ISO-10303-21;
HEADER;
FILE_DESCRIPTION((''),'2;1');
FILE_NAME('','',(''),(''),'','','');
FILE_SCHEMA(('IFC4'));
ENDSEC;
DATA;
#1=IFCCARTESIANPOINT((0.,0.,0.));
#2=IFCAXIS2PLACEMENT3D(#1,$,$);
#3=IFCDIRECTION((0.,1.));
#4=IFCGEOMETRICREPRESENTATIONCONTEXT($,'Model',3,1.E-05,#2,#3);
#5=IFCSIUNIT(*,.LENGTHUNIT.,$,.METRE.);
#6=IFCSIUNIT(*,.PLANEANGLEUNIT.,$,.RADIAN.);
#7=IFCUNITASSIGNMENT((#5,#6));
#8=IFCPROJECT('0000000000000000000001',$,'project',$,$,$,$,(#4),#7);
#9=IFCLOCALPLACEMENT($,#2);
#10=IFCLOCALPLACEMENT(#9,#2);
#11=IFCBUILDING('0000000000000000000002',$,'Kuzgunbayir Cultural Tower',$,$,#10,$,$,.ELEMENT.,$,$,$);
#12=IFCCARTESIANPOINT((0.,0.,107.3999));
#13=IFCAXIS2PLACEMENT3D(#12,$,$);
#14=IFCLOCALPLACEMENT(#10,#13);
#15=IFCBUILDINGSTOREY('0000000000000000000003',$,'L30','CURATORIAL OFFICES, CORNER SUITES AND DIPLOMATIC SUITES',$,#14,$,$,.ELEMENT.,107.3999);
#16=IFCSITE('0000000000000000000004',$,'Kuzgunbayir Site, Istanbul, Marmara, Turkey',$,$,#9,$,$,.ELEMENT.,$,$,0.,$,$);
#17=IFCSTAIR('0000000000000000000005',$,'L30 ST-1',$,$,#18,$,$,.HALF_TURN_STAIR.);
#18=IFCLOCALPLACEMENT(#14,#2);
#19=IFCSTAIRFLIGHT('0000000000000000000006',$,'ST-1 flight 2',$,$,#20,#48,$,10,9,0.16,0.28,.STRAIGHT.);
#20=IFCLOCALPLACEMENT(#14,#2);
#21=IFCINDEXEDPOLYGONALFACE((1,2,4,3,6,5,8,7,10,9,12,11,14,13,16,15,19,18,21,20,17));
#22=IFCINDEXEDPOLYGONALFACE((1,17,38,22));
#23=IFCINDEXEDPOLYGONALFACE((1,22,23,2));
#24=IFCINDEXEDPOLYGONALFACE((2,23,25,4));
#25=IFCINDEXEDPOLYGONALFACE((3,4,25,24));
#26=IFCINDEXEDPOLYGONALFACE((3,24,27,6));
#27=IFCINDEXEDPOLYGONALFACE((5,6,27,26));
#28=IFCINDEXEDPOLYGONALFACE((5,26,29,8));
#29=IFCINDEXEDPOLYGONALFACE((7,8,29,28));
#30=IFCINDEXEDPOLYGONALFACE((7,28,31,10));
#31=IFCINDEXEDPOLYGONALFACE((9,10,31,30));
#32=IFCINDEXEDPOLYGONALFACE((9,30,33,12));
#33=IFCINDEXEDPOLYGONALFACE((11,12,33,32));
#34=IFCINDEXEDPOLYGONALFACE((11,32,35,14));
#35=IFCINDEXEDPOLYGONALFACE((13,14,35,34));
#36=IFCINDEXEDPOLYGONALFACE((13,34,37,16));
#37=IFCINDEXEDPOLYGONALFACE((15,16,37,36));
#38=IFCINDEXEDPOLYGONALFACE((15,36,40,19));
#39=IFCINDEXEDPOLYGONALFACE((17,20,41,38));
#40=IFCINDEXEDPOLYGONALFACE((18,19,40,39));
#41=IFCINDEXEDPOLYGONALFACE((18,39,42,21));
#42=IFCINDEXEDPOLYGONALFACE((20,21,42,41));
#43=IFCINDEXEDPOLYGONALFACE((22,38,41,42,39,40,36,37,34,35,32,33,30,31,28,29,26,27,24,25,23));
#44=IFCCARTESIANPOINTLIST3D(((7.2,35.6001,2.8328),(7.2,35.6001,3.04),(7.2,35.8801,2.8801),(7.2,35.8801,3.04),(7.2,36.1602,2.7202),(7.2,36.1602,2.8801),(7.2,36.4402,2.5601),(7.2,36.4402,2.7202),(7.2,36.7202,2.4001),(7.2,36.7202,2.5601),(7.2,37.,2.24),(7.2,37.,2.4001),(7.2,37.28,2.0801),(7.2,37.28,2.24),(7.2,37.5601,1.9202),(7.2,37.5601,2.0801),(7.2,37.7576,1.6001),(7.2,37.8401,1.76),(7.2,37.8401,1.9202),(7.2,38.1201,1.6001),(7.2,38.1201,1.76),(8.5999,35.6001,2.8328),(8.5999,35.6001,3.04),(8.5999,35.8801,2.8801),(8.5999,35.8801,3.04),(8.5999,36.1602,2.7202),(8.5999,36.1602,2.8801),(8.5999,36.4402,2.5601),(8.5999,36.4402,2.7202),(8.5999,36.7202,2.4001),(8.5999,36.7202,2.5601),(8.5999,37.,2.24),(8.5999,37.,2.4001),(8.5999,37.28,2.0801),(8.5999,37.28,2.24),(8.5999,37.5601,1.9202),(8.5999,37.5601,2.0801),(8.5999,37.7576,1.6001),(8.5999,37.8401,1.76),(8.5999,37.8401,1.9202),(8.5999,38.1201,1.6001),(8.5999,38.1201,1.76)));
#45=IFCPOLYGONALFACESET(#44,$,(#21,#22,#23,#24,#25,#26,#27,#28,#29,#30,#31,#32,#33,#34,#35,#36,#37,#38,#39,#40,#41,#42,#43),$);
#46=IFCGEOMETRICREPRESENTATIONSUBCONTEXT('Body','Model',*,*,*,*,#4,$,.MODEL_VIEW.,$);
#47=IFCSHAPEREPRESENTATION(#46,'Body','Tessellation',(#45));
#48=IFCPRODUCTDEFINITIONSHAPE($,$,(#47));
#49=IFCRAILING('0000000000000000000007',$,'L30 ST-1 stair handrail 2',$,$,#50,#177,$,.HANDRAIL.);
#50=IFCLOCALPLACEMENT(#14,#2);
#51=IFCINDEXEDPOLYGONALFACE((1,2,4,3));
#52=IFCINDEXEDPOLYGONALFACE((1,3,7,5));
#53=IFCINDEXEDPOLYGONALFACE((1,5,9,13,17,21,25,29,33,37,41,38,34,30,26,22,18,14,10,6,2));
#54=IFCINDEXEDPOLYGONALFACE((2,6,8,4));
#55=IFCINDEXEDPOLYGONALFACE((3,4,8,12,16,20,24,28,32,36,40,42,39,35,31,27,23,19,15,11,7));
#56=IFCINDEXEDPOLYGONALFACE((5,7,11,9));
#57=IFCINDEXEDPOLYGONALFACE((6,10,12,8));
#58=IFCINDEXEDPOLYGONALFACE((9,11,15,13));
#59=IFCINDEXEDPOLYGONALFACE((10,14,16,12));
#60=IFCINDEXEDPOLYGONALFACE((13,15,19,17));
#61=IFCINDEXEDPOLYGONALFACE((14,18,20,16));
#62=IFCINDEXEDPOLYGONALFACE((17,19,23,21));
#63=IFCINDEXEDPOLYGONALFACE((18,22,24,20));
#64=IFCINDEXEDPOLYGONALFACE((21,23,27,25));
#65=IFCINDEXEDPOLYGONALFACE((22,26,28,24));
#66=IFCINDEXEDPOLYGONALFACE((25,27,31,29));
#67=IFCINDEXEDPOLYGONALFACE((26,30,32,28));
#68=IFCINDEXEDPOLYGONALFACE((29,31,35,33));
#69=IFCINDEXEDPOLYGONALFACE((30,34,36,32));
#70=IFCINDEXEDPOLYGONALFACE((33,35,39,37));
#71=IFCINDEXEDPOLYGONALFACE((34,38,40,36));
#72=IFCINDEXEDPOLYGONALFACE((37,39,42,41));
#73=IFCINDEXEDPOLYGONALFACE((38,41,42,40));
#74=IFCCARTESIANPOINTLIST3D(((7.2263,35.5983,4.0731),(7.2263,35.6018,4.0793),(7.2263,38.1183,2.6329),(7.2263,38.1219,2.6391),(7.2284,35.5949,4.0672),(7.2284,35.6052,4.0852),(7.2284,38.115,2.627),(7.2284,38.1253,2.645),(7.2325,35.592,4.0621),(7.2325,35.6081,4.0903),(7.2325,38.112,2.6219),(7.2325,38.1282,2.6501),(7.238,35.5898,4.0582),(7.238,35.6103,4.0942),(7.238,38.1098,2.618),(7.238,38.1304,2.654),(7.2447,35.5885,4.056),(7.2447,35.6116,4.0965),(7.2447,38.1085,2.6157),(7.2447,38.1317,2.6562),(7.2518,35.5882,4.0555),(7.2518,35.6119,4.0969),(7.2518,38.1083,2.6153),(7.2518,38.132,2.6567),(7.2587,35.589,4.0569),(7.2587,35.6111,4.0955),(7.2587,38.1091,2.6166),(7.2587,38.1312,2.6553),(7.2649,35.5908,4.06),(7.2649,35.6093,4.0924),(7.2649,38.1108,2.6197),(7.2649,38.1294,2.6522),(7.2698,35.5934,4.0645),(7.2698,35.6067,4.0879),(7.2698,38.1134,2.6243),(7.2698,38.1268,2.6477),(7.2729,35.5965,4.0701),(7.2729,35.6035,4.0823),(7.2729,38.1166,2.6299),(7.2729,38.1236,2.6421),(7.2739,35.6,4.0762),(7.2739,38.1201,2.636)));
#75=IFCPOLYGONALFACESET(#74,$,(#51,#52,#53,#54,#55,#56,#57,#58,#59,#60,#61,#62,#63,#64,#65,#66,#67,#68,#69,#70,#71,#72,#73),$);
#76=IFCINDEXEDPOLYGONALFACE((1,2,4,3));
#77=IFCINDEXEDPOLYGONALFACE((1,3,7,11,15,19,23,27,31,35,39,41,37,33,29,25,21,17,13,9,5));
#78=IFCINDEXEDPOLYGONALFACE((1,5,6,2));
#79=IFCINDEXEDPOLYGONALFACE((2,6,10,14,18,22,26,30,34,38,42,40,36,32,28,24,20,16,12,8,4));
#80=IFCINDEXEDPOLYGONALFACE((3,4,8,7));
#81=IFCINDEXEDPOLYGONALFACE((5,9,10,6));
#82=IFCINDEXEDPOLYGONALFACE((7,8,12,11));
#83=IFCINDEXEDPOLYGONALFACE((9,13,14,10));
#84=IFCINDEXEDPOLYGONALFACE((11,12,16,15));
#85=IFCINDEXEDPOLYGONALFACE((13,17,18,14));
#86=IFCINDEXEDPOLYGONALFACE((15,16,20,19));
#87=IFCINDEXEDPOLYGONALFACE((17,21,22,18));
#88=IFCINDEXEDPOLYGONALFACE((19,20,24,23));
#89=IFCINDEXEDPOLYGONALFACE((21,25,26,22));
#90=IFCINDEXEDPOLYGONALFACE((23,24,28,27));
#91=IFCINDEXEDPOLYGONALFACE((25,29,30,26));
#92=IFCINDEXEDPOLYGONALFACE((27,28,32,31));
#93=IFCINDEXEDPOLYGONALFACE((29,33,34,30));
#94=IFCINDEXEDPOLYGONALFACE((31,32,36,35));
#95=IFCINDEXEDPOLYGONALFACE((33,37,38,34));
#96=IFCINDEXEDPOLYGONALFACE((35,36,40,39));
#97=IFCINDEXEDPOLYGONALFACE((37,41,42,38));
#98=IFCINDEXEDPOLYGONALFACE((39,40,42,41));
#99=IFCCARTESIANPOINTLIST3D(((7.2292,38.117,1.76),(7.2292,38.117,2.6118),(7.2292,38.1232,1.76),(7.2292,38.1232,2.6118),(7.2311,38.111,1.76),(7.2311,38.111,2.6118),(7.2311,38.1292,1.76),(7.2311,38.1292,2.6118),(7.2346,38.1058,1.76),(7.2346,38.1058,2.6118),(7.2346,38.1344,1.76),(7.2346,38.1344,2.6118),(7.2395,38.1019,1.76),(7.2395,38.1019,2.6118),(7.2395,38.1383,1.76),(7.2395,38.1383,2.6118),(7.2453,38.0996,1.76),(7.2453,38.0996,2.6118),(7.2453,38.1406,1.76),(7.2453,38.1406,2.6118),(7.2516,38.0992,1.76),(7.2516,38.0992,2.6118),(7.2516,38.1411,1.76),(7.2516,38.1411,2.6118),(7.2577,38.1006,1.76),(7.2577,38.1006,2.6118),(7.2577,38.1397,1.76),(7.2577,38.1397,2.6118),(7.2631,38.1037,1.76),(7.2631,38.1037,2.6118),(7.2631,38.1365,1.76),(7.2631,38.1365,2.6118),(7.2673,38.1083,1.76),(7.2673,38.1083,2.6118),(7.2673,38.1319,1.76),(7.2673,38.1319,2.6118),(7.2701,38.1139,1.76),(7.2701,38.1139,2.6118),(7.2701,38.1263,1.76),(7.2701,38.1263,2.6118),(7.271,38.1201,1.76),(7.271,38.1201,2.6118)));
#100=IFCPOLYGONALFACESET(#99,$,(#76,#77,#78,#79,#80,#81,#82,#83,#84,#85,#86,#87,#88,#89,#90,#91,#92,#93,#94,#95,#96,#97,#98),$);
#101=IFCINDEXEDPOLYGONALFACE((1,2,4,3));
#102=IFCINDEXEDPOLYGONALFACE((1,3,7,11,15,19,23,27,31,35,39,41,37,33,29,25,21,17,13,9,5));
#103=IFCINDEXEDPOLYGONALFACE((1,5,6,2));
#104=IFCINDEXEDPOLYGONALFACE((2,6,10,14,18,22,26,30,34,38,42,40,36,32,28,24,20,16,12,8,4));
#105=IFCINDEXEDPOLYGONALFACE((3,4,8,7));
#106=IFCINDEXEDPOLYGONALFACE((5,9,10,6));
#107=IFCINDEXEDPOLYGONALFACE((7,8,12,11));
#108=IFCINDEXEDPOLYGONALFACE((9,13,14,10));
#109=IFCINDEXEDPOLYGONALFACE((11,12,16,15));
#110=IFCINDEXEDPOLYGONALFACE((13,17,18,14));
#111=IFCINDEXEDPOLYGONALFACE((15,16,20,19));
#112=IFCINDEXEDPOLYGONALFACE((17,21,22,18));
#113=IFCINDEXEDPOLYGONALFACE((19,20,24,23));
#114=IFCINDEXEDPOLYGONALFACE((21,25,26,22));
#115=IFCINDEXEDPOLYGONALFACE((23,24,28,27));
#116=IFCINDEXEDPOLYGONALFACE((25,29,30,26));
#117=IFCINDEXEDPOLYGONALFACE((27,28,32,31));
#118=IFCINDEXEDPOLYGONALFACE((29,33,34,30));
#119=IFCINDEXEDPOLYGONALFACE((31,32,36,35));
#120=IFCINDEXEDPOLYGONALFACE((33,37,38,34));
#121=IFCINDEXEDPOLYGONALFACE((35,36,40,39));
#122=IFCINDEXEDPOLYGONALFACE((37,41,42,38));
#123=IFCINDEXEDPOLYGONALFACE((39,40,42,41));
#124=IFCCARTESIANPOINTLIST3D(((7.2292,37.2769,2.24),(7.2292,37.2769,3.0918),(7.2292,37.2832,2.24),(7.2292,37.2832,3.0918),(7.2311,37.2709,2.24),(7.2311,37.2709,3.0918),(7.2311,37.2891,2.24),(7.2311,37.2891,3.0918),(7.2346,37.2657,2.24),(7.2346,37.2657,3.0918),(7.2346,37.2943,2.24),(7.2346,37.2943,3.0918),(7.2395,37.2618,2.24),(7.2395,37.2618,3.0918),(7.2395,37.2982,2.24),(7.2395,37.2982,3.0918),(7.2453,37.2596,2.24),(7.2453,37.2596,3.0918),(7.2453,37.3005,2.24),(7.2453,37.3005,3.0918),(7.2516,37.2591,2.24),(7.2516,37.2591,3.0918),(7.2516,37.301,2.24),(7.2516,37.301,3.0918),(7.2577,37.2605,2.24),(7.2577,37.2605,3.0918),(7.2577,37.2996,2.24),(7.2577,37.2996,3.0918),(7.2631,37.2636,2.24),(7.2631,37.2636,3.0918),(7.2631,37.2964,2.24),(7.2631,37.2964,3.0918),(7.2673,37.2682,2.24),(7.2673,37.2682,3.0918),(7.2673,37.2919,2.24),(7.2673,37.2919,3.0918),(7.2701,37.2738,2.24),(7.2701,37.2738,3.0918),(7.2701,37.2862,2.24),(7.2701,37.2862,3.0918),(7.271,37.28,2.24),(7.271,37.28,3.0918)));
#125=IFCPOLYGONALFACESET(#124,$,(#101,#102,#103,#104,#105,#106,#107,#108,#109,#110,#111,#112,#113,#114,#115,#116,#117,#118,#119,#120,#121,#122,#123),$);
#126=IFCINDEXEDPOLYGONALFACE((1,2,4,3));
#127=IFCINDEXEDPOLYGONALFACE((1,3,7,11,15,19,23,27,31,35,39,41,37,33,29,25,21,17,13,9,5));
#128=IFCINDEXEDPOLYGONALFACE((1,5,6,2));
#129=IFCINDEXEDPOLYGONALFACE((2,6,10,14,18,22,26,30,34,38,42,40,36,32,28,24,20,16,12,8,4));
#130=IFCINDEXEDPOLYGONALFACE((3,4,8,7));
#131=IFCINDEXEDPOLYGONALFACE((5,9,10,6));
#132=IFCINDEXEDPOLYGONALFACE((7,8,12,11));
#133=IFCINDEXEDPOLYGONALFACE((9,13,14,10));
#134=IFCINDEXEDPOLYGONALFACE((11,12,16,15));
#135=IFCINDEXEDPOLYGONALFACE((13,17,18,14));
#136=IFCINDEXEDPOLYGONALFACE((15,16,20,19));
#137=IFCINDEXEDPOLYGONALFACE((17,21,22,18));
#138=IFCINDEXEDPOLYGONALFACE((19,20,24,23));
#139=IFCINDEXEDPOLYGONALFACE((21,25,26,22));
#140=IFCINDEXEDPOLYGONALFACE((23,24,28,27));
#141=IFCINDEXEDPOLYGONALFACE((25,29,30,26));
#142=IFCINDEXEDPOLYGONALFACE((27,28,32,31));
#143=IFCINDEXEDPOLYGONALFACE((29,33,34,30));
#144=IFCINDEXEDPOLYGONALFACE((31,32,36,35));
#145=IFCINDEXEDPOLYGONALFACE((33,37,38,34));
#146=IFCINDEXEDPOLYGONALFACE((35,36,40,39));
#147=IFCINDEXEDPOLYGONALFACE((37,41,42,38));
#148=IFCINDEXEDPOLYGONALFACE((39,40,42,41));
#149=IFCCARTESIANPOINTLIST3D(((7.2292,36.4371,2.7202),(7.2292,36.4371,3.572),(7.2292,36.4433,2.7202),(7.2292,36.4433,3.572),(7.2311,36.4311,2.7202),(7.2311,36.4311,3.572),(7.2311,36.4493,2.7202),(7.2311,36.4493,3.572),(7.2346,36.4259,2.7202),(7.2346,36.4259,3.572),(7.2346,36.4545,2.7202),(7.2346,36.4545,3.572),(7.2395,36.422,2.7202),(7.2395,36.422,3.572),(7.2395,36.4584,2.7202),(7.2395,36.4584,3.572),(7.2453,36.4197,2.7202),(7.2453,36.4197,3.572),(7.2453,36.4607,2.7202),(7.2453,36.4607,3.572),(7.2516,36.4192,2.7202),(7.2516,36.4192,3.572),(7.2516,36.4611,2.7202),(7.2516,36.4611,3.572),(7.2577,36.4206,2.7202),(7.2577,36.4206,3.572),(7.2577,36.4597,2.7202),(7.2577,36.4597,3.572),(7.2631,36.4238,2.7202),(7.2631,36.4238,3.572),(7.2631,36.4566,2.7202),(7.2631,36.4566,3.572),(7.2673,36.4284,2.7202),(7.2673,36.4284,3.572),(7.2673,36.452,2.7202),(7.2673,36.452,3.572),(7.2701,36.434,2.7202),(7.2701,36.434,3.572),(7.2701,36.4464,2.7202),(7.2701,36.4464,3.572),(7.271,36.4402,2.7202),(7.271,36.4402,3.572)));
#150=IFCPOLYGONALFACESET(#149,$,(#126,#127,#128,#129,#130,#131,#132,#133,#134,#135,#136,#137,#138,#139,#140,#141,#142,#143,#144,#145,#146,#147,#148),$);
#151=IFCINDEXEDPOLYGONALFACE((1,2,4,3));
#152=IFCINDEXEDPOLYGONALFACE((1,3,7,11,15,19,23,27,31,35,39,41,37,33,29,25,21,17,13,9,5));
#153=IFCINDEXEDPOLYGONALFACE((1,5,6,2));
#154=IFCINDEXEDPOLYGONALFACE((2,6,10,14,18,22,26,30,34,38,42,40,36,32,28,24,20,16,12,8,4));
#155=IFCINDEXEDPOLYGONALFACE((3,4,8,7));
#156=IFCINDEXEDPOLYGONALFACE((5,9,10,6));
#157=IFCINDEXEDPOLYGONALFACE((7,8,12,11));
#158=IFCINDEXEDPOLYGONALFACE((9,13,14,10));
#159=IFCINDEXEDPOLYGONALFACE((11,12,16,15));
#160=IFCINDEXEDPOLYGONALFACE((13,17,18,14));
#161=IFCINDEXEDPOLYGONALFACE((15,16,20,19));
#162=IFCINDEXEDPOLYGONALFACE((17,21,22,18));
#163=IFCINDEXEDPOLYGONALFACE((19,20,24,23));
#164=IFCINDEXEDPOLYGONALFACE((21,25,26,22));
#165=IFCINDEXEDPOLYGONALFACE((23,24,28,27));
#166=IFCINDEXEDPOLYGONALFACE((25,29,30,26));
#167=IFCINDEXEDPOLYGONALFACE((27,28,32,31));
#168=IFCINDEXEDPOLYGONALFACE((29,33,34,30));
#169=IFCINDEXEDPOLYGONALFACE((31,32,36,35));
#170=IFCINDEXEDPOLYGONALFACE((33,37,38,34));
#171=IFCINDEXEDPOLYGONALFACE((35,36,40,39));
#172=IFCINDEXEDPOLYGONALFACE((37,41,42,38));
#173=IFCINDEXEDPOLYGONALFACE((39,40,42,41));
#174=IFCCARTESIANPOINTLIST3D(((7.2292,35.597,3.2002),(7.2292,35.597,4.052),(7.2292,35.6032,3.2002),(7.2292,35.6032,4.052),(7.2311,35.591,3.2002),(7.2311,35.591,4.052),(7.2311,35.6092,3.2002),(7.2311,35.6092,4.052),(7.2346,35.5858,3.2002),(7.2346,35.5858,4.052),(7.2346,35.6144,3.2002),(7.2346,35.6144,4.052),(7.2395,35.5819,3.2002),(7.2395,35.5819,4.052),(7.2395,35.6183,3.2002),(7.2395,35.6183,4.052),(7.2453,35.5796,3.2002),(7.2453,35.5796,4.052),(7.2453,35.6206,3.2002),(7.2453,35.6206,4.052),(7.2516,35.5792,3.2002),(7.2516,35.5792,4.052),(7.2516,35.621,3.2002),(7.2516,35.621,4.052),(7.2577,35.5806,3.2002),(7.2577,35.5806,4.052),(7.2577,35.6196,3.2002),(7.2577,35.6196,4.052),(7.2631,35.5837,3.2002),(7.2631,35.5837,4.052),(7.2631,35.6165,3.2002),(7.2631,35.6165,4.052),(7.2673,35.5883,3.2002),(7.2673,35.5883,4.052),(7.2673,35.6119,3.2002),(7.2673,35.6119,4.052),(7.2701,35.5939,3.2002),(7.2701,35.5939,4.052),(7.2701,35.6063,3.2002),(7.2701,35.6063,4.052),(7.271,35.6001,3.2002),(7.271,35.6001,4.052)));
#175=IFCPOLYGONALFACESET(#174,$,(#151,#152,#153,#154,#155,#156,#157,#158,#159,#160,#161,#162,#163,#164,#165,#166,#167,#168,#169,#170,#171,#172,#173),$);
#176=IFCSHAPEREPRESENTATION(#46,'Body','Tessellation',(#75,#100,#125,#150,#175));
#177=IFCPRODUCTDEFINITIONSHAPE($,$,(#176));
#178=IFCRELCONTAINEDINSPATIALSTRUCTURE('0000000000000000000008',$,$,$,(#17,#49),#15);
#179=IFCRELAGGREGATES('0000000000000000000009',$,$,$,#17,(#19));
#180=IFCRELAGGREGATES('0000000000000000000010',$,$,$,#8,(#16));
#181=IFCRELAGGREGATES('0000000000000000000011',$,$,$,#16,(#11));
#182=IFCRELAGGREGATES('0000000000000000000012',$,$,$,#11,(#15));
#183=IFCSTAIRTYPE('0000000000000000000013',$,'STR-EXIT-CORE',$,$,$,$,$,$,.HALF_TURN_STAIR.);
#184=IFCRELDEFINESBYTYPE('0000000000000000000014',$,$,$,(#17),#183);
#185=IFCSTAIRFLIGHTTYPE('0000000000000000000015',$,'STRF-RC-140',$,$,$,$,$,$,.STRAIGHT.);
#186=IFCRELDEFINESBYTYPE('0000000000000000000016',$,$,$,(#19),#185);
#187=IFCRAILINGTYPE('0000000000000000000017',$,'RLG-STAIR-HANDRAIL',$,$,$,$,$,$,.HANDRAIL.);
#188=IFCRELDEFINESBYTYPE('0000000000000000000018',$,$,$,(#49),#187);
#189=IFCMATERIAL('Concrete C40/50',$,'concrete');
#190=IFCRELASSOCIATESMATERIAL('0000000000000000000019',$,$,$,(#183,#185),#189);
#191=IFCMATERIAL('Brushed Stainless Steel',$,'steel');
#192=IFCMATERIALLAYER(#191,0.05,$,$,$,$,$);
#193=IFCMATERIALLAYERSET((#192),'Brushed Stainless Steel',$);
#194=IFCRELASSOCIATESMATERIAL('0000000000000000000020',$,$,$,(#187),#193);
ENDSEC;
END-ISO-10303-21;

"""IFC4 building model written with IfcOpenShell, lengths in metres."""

from ifc_helpers import new_model, si_unit, direction, frame, origin, origin_2d, place, context, subcontext, project, spatial, polyline, circle, outline, extrude, material, layer, layer_set, type_object, element, aggregate, save


model = new_model("IFC4")

# Units and contexts
model_context = context("Model", 3, precision=1e-05, world=origin(), true_north=direction((0.0, 1.0)))
body_context = subcontext(model_context, "Body", "Model", "MODEL_VIEW")
ifc_project = project(units=[si_unit("LENGTHUNIT", "METRE"), si_unit("PLANEANGLEUNIT", "RADIAN")], contexts=[model_context])

# Site, building, storey
site_placement = place(None, origin())
site = spatial("IfcSite", under=ifc_project, at=site_placement, Name="Kuzgunbayir Site, Istanbul, Marmara, Turkey", CompositionType="ELEMENT", RefElevation=0.0)
building_placement = place(site_placement, origin())
building = spatial("IfcBuilding", under=site, at=building_placement, Name="Kuzgunbayir Cultural Tower", CompositionType="ELEMENT")
storey_placement = place(building_placement, frame((0.0, 0.0, 107.3999)))
storey = spatial("IfcBuildingStorey", under=building, at=storey_placement, Name="L30", Description="CURATORIAL OFFICES, CORNER SUITES AND DIPLOMATIC SUITES", CompositionType="ELEMENT", Elevation=107.3999)

# Stair, stair flight
ifc_material_1 = material(Name="Concrete C40/50", Category="concrete")
stair_type = type_object("IfcStairType", Name="STR-EXIT-CORE", PredefinedType="HALF_TURN_STAIR", material=ifc_material_1)
stair_placement = place(storey_placement, origin())
stair = element("IfcStair", 1, at=stair_placement, inside=storey, type_object=stair_type, Name="L30 ST-1", PredefinedType="HALF_TURN_STAIR")
stair_flight_type = type_object("IfcStairFlightType", Name="STRF-RC-140", PredefinedType="STRAIGHT", material=ifc_material_1)
stair_flight_placement = place(storey_placement, frame((7.8999, 38.1201, 1.6001), z_axis=(0.0, 0.0, 1.0), x_axis=(0.0, -1.0, 0.0)))
stair_flight = element("IfcStairFlight", 2, at=stair_flight_placement, type_object=stair_flight_type, Name="ST-1 flight 2", NumberOfRisers=10, NumberOfTreads=9, PredefinedType="STRAIGHT", RiserHeight=0.16, TreadLength=0.28, context=body_context, shape_type="SweptSolid", body=[
    extrude(outline(polyline([(0.0, 0.0), (0.0, 0.1599), (0.28, 0.1599), (0.28, 0.3201), (0.5601, 0.3201), (0.5601, 0.48), (0.8401, 0.48), (0.8401, 0.6399), (1.1201, 0.6399), (1.1201, 0.8), (1.3999, 0.8), (1.3999, 0.96), (1.6799, 0.96), (1.6799, 1.1201), (1.96, 1.1201), (1.96, 1.28), (2.24, 1.28), (2.24, 1.4399), (2.52, 1.4399), (2.52, 1.6001), (2.52, 1.2327), (0.3625, 0.0), (0.0, 0.0)])), frame((0.0, 0.7, 0.0), z_axis=(0.0, -1.0, 0.0), x_axis=(1.0, 0.0, 0.0)), (0.0, 0.0, 1.0), 1.3999),
])
aggregate(stair, [stair_flight])

# Railing
ifc_material_2 = material(Name="Brushed Stainless Steel", Category="steel")
ifc_layer_1 = layer(ifc_material_2, 0.05)
ifc_layer_set_1 = layer_set([ifc_layer_1], Name="Brushed Stainless Steel")
railing_type_1 = type_object("IfcRailingType", Name="RLG-STAIR-HANDRAIL", PredefinedType="HANDRAIL", material=ifc_layer_set_1)
railing_1_placement = place(storey_placement, frame((7.25, 38.1201, 1.76)))
element("IfcRailing", 3, at=railing_1_placement, inside=storey, type_object=railing_type_1, Name="L30 ST-1 stair handrail 2", PredefinedType="HANDRAIL", context=body_context, shape_type="SweptSolid", body=[
    extrude(circle(Radius=0.0239, at=origin_2d()), frame((0.0, 0.0, 0.876), z_axis=(0.0, -0.868217, 0.496184), x_axis=(1.0, 0.0, 0.0)), (0.0, 0.0, 1.0), 2.9026),
    extrude(circle(Radius=0.021, at=origin_2d()), origin(), (0.0, 0.0, 1.0), 0.8518),
    extrude(circle(Radius=0.021, at=origin_2d()), frame((0.0, -0.8401, 0.48)), (0.0, 0.0, 1.0), 0.8518),
    extrude(circle(Radius=0.021, at=origin_2d()), frame((0.0, -1.6799, 0.9602)), (0.0, 0.0, 1.0), 0.8518),
    extrude(circle(Radius=0.021, at=origin_2d()), frame((0.0, -2.52, 1.4402)), (0.0, 0.0, 1.0), 0.8518),
])

save(model, "model.ifc")
